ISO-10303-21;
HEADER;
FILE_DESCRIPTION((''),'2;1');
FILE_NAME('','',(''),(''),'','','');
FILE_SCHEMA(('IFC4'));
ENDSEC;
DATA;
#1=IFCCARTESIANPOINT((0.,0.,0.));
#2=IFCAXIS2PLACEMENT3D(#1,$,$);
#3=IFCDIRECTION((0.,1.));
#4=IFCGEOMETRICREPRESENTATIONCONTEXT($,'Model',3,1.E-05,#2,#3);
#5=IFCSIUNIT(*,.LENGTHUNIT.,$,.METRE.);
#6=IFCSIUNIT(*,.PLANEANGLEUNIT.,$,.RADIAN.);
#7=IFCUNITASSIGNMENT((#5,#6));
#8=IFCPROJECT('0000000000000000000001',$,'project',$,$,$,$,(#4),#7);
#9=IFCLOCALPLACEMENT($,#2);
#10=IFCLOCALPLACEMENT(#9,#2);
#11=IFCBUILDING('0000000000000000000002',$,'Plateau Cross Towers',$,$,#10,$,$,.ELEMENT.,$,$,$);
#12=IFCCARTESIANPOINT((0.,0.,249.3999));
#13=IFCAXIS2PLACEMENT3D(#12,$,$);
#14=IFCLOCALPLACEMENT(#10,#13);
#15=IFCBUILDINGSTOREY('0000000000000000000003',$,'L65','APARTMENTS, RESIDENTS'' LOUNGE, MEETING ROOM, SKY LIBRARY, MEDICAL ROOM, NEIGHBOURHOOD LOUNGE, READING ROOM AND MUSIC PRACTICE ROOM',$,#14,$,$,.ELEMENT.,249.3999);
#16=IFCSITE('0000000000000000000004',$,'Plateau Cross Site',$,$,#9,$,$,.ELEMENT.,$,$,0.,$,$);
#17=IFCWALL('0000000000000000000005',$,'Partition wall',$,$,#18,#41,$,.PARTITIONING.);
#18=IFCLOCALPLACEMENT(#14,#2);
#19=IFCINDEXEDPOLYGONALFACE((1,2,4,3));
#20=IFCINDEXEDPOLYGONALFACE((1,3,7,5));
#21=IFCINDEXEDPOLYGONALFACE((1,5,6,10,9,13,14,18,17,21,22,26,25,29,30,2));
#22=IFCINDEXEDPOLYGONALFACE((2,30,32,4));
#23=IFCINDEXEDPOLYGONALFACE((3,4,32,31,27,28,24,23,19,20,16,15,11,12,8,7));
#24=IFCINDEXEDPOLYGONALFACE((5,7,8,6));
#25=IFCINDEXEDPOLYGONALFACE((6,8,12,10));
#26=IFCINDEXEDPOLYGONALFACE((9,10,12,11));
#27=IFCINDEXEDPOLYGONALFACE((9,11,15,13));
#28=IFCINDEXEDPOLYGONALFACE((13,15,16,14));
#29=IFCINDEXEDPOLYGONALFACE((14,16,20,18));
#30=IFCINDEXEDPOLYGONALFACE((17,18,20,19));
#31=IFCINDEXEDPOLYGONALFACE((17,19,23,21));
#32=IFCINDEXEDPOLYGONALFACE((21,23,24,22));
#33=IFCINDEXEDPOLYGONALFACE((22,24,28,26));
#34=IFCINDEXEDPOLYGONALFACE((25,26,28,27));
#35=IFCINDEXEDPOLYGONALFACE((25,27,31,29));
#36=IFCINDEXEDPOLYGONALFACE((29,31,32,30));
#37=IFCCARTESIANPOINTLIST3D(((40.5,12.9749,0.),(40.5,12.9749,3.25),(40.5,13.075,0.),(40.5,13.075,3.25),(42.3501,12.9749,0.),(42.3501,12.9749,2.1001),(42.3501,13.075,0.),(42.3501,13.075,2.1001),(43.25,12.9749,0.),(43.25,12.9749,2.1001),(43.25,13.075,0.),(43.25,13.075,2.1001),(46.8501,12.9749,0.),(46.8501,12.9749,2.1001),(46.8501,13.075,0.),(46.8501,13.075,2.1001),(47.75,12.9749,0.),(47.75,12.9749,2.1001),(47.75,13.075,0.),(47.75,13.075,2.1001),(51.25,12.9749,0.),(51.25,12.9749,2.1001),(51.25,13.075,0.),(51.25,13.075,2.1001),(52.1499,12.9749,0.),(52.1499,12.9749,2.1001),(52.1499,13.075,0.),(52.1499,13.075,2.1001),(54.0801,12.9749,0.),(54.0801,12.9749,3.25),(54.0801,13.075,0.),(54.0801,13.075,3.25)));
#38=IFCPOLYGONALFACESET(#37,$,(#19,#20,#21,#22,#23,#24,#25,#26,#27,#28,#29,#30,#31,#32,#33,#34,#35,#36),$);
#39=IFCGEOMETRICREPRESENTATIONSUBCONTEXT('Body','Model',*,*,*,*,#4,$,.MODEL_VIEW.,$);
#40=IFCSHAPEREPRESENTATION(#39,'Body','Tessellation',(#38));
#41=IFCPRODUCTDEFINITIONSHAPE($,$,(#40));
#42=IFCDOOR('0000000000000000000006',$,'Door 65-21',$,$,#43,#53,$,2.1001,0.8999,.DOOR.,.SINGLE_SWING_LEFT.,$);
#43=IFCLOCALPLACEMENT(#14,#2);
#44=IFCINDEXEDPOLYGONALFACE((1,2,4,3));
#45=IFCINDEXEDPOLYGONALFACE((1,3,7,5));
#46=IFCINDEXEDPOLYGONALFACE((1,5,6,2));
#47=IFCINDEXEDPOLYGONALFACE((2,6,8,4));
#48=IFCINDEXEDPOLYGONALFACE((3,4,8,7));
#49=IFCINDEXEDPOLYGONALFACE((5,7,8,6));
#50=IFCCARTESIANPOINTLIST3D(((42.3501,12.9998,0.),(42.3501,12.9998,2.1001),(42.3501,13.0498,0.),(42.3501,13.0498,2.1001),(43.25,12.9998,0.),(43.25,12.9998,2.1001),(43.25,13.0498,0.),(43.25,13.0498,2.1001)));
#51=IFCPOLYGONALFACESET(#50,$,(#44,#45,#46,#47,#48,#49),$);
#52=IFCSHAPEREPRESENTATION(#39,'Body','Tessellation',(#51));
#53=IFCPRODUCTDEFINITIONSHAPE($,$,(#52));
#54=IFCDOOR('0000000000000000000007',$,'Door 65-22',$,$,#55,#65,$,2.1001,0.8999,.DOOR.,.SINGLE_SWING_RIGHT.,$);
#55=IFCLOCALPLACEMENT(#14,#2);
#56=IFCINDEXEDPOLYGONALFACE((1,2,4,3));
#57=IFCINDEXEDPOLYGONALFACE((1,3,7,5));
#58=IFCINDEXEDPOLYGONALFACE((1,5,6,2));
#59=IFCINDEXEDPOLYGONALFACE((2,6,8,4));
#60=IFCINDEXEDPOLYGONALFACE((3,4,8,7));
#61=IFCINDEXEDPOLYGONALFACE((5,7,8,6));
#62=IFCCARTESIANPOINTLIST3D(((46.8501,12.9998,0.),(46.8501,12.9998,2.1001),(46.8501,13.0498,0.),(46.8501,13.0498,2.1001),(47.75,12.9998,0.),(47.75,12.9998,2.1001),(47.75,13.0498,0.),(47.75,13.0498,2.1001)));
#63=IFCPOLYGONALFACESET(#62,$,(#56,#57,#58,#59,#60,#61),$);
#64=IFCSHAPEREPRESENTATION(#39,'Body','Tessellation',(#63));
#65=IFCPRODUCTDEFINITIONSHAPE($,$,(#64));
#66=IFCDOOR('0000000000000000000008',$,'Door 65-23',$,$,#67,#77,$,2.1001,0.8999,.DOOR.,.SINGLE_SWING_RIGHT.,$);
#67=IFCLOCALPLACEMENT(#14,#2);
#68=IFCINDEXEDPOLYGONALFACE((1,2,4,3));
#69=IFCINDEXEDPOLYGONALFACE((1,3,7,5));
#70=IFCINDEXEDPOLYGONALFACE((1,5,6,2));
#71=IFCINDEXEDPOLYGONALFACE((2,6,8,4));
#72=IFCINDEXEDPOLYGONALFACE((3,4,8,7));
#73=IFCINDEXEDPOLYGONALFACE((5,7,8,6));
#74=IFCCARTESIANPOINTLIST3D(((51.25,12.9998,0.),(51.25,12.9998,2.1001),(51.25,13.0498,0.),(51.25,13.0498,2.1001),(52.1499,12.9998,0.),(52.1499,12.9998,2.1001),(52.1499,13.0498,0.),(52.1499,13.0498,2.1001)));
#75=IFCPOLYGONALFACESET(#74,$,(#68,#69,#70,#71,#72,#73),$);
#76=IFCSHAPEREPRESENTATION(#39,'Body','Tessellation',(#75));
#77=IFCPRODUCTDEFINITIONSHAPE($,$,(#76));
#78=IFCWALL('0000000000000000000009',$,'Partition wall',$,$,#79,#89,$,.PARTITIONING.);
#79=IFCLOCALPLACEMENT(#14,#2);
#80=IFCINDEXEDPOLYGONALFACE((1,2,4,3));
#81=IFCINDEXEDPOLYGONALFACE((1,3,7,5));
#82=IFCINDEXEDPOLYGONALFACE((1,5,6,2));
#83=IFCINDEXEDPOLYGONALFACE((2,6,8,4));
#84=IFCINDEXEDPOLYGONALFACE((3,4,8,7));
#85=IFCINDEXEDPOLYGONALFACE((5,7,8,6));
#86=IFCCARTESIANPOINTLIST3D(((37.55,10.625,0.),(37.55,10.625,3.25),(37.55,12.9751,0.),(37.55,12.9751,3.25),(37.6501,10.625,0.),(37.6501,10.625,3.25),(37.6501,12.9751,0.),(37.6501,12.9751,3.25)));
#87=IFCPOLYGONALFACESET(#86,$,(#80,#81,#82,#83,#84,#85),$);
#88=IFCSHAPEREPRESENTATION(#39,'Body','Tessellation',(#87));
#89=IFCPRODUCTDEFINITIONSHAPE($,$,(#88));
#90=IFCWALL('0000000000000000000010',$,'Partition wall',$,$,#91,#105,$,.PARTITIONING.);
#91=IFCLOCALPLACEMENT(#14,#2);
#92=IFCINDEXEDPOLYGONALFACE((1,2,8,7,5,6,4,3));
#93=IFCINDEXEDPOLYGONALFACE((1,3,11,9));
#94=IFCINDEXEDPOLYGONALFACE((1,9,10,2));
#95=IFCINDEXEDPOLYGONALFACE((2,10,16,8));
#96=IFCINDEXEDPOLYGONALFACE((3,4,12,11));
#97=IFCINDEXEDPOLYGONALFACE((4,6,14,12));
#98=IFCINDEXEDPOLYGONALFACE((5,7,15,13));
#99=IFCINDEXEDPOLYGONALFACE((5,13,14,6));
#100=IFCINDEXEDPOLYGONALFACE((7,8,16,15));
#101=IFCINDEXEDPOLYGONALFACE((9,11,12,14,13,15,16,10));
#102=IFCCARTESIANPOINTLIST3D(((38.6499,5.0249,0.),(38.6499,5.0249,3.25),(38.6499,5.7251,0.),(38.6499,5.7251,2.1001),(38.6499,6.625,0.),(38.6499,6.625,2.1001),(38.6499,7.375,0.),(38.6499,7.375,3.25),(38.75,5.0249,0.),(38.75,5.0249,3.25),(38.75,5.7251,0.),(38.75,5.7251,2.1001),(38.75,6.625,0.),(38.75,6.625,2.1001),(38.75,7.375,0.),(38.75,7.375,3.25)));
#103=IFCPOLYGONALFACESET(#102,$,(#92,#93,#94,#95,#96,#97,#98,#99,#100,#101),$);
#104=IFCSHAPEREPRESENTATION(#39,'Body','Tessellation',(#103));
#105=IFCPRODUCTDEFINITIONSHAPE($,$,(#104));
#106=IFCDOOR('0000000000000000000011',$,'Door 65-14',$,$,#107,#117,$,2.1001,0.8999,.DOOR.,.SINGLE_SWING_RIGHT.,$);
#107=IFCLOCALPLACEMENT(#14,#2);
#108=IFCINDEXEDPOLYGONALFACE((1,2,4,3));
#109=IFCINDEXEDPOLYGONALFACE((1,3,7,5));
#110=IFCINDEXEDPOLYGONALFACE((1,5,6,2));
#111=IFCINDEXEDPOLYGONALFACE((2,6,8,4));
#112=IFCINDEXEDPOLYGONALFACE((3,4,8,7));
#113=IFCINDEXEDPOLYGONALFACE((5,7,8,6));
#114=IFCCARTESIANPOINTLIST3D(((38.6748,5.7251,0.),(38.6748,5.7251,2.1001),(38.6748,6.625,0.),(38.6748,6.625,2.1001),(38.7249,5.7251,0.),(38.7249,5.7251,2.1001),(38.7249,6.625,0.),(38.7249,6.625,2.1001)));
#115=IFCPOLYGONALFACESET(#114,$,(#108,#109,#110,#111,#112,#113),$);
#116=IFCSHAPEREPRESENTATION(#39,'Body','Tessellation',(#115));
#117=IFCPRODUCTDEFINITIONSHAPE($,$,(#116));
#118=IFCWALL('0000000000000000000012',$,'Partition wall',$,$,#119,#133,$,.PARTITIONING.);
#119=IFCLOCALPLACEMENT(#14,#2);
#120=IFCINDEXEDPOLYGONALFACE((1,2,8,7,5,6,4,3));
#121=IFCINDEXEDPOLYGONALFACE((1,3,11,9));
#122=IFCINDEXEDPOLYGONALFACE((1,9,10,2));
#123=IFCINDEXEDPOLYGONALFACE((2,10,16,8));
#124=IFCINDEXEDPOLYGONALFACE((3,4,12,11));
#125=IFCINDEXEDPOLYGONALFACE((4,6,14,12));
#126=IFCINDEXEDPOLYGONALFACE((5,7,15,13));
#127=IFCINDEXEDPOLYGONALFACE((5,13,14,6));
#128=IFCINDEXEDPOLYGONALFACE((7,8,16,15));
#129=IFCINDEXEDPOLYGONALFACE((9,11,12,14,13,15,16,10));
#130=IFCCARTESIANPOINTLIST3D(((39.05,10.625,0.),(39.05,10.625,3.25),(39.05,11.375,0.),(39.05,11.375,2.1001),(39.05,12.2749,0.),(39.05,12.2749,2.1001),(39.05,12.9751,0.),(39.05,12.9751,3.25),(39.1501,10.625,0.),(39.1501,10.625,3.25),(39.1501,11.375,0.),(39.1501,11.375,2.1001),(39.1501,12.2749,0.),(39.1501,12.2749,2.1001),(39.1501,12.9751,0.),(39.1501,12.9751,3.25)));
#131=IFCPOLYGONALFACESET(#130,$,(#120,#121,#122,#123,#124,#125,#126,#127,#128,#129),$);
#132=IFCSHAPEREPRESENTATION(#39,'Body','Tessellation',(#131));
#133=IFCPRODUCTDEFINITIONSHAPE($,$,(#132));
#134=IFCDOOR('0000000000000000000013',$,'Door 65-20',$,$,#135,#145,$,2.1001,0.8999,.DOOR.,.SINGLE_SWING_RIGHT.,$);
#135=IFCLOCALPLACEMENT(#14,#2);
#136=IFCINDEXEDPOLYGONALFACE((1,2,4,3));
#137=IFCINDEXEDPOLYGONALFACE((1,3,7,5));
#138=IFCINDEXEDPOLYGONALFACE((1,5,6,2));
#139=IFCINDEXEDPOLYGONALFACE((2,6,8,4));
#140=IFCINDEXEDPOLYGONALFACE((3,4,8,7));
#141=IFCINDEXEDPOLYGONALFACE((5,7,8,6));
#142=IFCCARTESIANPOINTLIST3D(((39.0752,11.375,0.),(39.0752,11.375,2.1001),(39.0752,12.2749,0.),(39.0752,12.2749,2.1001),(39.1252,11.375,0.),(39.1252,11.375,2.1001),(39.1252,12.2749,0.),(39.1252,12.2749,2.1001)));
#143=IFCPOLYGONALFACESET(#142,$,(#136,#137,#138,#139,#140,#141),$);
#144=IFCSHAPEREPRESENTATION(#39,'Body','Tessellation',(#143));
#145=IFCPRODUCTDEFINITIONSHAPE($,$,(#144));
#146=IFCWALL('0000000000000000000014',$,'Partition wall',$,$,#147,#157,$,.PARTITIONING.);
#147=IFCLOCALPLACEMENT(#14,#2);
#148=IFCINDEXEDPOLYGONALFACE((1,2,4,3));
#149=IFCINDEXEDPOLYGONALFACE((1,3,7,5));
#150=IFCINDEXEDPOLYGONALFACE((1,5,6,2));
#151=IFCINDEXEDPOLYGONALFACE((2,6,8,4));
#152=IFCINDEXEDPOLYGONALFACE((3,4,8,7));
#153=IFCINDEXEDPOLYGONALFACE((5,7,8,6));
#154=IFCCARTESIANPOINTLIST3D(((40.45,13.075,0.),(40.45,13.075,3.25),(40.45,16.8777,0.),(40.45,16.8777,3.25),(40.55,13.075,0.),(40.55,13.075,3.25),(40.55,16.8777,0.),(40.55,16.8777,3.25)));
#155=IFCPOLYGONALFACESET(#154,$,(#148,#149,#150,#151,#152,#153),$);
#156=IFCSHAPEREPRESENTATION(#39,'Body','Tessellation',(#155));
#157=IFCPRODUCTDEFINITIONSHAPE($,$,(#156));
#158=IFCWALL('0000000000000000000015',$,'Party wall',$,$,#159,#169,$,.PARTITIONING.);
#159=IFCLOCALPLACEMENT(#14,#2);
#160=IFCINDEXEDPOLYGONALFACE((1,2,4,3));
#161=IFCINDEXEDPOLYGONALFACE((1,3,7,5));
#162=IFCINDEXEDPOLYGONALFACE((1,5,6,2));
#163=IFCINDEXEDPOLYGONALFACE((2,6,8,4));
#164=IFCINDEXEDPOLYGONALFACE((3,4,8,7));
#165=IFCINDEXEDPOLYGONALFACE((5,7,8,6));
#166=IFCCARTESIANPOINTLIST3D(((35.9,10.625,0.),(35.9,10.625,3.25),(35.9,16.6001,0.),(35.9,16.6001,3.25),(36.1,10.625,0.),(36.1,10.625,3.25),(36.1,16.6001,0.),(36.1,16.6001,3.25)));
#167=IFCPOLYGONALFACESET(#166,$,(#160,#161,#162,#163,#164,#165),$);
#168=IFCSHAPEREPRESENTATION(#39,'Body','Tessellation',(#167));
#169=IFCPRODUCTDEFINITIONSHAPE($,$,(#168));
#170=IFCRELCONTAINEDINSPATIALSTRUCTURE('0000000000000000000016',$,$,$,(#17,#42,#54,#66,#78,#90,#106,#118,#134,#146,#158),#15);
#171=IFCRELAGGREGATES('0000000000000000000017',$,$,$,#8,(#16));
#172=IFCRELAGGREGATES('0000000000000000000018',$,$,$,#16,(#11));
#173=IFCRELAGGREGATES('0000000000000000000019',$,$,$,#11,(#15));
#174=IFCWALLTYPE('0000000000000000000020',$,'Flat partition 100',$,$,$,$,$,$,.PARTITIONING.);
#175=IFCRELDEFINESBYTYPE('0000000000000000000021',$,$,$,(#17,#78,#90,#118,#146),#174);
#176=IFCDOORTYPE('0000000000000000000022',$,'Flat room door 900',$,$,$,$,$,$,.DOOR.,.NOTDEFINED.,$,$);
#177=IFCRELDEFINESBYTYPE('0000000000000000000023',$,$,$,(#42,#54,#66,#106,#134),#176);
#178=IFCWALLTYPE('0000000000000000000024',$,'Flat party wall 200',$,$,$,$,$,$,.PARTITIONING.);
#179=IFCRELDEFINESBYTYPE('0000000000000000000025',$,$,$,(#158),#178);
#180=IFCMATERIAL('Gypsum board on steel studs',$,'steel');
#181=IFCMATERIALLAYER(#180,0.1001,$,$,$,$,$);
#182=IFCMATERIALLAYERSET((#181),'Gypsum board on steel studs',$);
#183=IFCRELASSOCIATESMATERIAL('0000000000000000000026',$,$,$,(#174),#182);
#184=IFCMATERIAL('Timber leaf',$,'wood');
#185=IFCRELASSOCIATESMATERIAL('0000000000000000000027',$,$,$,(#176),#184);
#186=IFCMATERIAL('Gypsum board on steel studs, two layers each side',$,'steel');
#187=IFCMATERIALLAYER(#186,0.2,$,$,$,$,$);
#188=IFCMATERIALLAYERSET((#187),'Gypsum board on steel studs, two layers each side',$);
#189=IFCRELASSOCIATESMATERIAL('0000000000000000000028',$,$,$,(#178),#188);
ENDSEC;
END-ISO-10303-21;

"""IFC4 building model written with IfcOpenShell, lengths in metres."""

from ifc_helpers import new_model, si_unit, direction, frame, frame_2d, origin, place, context, subcontext, project, spatial, rectangle, extrude, material, layer, layer_set, type_object, element, fill, save


model = new_model("IFC4")

# Units and contexts
model_context = context("Model", 3, precision=1e-05, world=origin(), true_north=direction((0.0, 1.0)))
body_context = subcontext(model_context, "Body", "Model", "MODEL_VIEW")
ifc_project = project(units=[si_unit("LENGTHUNIT", "METRE"), si_unit("PLANEANGLEUNIT", "RADIAN")], contexts=[model_context])

# Site, building, storey
site_placement = place(None, origin())
site = spatial("IfcSite", under=ifc_project, at=site_placement, Name="Plateau Cross Site", CompositionType="ELEMENT", RefElevation=0.0)
building_placement = place(site_placement, origin())
building = spatial("IfcBuilding", under=site, at=building_placement, Name="Plateau Cross Towers", CompositionType="ELEMENT")
storey_placement = place(building_placement, frame((0.0, 0.0, 249.3999)))
storey = spatial("IfcBuildingStorey", under=building, at=storey_placement, Name="L65", Description="APARTMENTS, RESIDENTS' LOUNGE, MEETING ROOM, SKY LIBRARY, MEDICAL ROOM, NEIGHBOURHOOD LOUNGE, READING ROOM AND MUSIC PRACTICE ROOM", CompositionType="ELEMENT", Elevation=249.3999)

# Shared definitions
ifc_material_1 = material(Name="Gypsum board on steel studs", Category="steel")
ifc_layer_1 = layer(ifc_material_1, 0.1001)
ifc_layer_set_1 = layer_set([ifc_layer_1], Name="Gypsum board on steel studs")
wall_type_1 = type_object("IfcWallType", Name="Flat partition 100", PredefinedType="PARTITIONING", material=ifc_layer_set_1)
ifc_material_2 = material(Name="Timber leaf", Category="wood")
door_type = type_object("IfcDoorType", Name="Flat room door 900", OperationType="NOTDEFINED", PredefinedType="DOOR", material=ifc_material_2)

# Wall, openings, doors
wall_1_placement = place(storey_placement, frame((40.5, 13.0249, 0.0), z_axis=(0.0, 0.0, 1.0), x_axis=(1.0, 0.0, 0.0)))
wall_1 = element("IfcWall", 1, at=wall_1_placement, inside=storey, type_object=wall_type_1, Name="Partition wall", PredefinedType="PARTITIONING", context=body_context, shape_type="SweptSolid", body=[
    extrude(rectangle(XDim=13.5801, YDim=0.1001, at=frame_2d((6.79, 0.0))), origin(), (0.0, 0.0, 1.0), 3.25),
])
opening_1_placement = place(wall_1_placement, frame((1.8501, 0.0, 0.0)))
opening_1 = element("IfcOpeningElement", 2, at=opening_1_placement, cuts=wall_1, PredefinedType="OPENING", context=body_context, shape_type="SweptSolid", body=[
    extrude(rectangle(XDim=0.8999, YDim=2.1001, at=frame_2d((0.45, 1.05))), frame((0.0, 0.0601, 0.0), z_axis=(0.0, -1.0, 0.0), x_axis=(1.0, 0.0, 0.0)), (0.0, 0.0, 1.0), 0.1201),
])
opening_2_placement = place(wall_1_placement, frame((6.3501, 0.0, 0.0)))
opening_2 = element("IfcOpeningElement", 3, at=opening_2_placement, cuts=wall_1, PredefinedType="OPENING", context=body_context, shape_type="SweptSolid", body=[
    extrude(rectangle(XDim=0.8999, YDim=2.1001, at=frame_2d((0.45, 1.05))), frame((0.0, 0.0601, 0.0), z_axis=(0.0, -1.0, 0.0), x_axis=(1.0, 0.0, 0.0)), (0.0, 0.0, 1.0), 0.1201),
])
opening_3_placement = place(wall_1_placement, frame((10.75, 0.0, 0.0)))
opening_3 = element("IfcOpeningElement", 4, at=opening_3_placement, cuts=wall_1, PredefinedType="OPENING", context=body_context, shape_type="SweptSolid", body=[
    extrude(rectangle(XDim=0.8999, YDim=2.1001, at=frame_2d((0.45, 1.05))), frame((0.0, 0.0601, 0.0), z_axis=(0.0, -1.0, 0.0), x_axis=(1.0, 0.0, 0.0)), (0.0, 0.0, 1.0), 0.1201),
])
door_1_placement = place(opening_1_placement, origin())
door_1 = element("IfcDoor", 5, at=door_1_placement, inside=storey, type_object=door_type, Name="Door 65-21", OperationType="SINGLE_SWING_LEFT", OverallHeight=2.1001, OverallWidth=0.8999, PredefinedType="DOOR", context=body_context, shape_type="SweptSolid", body=[
    extrude(rectangle(XDim=0.8999, YDim=2.1001, at=frame_2d((0.45, 1.05))), frame((0.0, 0.0249, 0.0), z_axis=(0.0, -1.0, 0.0), x_axis=(1.0, 0.0, 0.0)), (0.0, 0.0, 1.0), 0.05),
])
fill(opening_1, door_1)
door_2_placement = place(opening_2_placement, origin())
door_2 = element("IfcDoor", 6, at=door_2_placement, inside=storey, type_object=door_type, Name="Door 65-22", OperationType="SINGLE_SWING_RIGHT", OverallHeight=2.1001, OverallWidth=0.8999, PredefinedType="DOOR", context=body_context, shape_type="SweptSolid", body=[
    extrude(rectangle(XDim=0.8999, YDim=2.1001, at=frame_2d((0.45, 1.05))), frame((0.0, 0.0249, 0.0), z_axis=(0.0, -1.0, 0.0), x_axis=(1.0, 0.0, 0.0)), (0.0, 0.0, 1.0), 0.05),
])
fill(opening_2, door_2)
door_3_placement = place(opening_3_placement, origin())
door_3 = element("IfcDoor", 7, at=door_3_placement, inside=storey, type_object=door_type, Name="Door 65-23", OperationType="SINGLE_SWING_RIGHT", OverallHeight=2.1001, OverallWidth=0.8999, PredefinedType="DOOR", context=body_context, shape_type="SweptSolid", body=[
    extrude(rectangle(XDim=0.8999, YDim=2.1001, at=frame_2d((0.45, 1.05))), frame((0.0, 0.0249, 0.0), z_axis=(0.0, -1.0, 0.0), x_axis=(1.0, 0.0, 0.0)), (0.0, 0.0, 1.0), 0.05),
])
fill(opening_3, door_3)

# Wall
wall_2_placement = place(storey_placement, frame((37.6001, 10.625, 0.0), z_axis=(0.0, 0.0, 1.0), x_axis=(0.0, 1.0, 0.0)))
element("IfcWall", 8, at=wall_2_placement, inside=storey, type_object=wall_type_1, Name="Partition wall", PredefinedType="PARTITIONING", context=body_context, shape_type="SweptSolid", body=[
    extrude(rectangle(XDim=2.3501, YDim=0.1001, at=frame_2d((1.175, 0.0))), origin(), (0.0, 0.0, 1.0), 3.25),
])

# Walls, openings, doors
wall_3_placement = place(storey_placement, frame((38.7, 7.375, 0.0), z_axis=(0.0, 0.0, 1.0), x_axis=(0.0, -1.0, 0.0)))
wall_3 = element("IfcWall", 9, at=wall_3_placement, inside=storey, type_object=wall_type_1, Name="Partition wall", PredefinedType="PARTITIONING", context=body_context, shape_type="SweptSolid", body=[
    extrude(rectangle(XDim=2.3501, YDim=0.1001, at=frame_2d((1.175, 0.0))), origin(), (0.0, 0.0, 1.0), 3.25),
])
opening_4_placement = place(wall_3_placement, frame((0.75, 0.0, 0.0)))
opening_4 = element("IfcOpeningElement", 10, at=opening_4_placement, cuts=wall_3, PredefinedType="OPENING", context=body_context, shape_type="SweptSolid", body=[
    extrude(rectangle(XDim=0.8999, YDim=2.1001, at=frame_2d((0.45, 1.05))), frame((0.0, 0.0601, 0.0), z_axis=(0.0, -1.0, 0.0), x_axis=(1.0, 0.0, 0.0)), (0.0, 0.0, 1.0), 0.1201),
])
door_4_placement = place(opening_4_placement, origin())
door_4 = element("IfcDoor", 11, at=door_4_placement, inside=storey, type_object=door_type, Name="Door 65-14", OperationType="SINGLE_SWING_RIGHT", OverallHeight=2.1001, OverallWidth=0.8999, PredefinedType="DOOR", context=body_context, shape_type="SweptSolid", body=[
    extrude(rectangle(XDim=0.8999, YDim=2.1001, at=frame_2d((0.45, 1.05))), frame((0.0, 0.0249, 0.0), z_axis=(0.0, -1.0, 0.0), x_axis=(1.0, 0.0, 0.0)), (0.0, 0.0, 1.0), 0.05),
])
fill(opening_4, door_4)
wall_4_placement = place(storey_placement, frame((39.1001, 10.625, 0.0), z_axis=(0.0, 0.0, 1.0), x_axis=(0.0, 1.0, 0.0)))
wall_4 = element("IfcWall", 12, at=wall_4_placement, inside=storey, type_object=wall_type_1, Name="Partition wall", PredefinedType="PARTITIONING", context=body_context, shape_type="SweptSolid", body=[
    extrude(rectangle(XDim=2.3501, YDim=0.1001, at=frame_2d((1.175, 0.0))), origin(), (0.0, 0.0, 1.0), 3.25),
])
opening_5_placement = place(wall_4_placement, frame((0.75, 0.0, 0.0)))
opening_5 = element("IfcOpeningElement", 13, at=opening_5_placement, cuts=wall_4, PredefinedType="OPENING", context=body_context, shape_type="SweptSolid", body=[
    extrude(rectangle(XDim=0.8999, YDim=2.1001, at=frame_2d((0.45, 1.05))), frame((0.0, 0.0601, 0.0), z_axis=(0.0, -1.0, 0.0), x_axis=(1.0, 0.0, 0.0)), (0.0, 0.0, 1.0), 0.1201),
])
door_5_placement = place(opening_5_placement, origin())
door_5 = element("IfcDoor", 14, at=door_5_placement, inside=storey, type_object=door_type, Name="Door 65-20", OperationType="SINGLE_SWING_RIGHT", OverallHeight=2.1001, OverallWidth=0.8999, PredefinedType="DOOR", context=body_context, shape_type="SweptSolid", body=[
    extrude(rectangle(XDim=0.8999, YDim=2.1001, at=frame_2d((0.45, 1.05))), frame((0.0, 0.0249, 0.0), z_axis=(0.0, -1.0, 0.0), x_axis=(1.0, 0.0, 0.0)), (0.0, 0.0, 1.0), 0.05),
])
fill(opening_5, door_5)

# Walls
wall_5_placement = place(storey_placement, frame((40.5, 16.8777, 0.0), z_axis=(0.0, 0.0, 1.0), x_axis=(0.0, -1.0, 0.0)))
element("IfcWall", 15, at=wall_5_placement, inside=storey, type_object=wall_type_1, Name="Partition wall", PredefinedType="PARTITIONING", context=body_context, shape_type="SweptSolid", body=[
    extrude(rectangle(XDim=3.8027, YDim=0.1001, at=frame_2d((1.9014, 0.0))), origin(), (0.0, 0.0, 1.0), 3.25),
])
ifc_material_3 = material(Name="Gypsum board on steel studs, two layers each side", Category="steel")
ifc_layer_2 = layer(ifc_material_3, 0.2)
ifc_layer_set_2 = layer_set([ifc_layer_2], Name="Gypsum board on steel studs, two layers each side")
wall_type_2 = type_object("IfcWallType", Name="Flat party wall 200", PredefinedType="PARTITIONING", material=ifc_layer_set_2)
wall_6_placement = place(storey_placement, frame((36.0, 10.625, 0.0), z_axis=(0.0, 0.0, 1.0), x_axis=(0.0, 1.0, 0.0)))
element("IfcWall", 16, at=wall_6_placement, inside=storey, type_object=wall_type_2, Name="Party wall", PredefinedType="PARTITIONING", context=body_context, shape_type="SweptSolid", body=[
    extrude(rectangle(XDim=5.9751, YDim=0.2, at=frame_2d((2.9875, 0.0))), origin(), (0.0, 0.0, 1.0), 3.25),
])

save(model, "model.ifc")
